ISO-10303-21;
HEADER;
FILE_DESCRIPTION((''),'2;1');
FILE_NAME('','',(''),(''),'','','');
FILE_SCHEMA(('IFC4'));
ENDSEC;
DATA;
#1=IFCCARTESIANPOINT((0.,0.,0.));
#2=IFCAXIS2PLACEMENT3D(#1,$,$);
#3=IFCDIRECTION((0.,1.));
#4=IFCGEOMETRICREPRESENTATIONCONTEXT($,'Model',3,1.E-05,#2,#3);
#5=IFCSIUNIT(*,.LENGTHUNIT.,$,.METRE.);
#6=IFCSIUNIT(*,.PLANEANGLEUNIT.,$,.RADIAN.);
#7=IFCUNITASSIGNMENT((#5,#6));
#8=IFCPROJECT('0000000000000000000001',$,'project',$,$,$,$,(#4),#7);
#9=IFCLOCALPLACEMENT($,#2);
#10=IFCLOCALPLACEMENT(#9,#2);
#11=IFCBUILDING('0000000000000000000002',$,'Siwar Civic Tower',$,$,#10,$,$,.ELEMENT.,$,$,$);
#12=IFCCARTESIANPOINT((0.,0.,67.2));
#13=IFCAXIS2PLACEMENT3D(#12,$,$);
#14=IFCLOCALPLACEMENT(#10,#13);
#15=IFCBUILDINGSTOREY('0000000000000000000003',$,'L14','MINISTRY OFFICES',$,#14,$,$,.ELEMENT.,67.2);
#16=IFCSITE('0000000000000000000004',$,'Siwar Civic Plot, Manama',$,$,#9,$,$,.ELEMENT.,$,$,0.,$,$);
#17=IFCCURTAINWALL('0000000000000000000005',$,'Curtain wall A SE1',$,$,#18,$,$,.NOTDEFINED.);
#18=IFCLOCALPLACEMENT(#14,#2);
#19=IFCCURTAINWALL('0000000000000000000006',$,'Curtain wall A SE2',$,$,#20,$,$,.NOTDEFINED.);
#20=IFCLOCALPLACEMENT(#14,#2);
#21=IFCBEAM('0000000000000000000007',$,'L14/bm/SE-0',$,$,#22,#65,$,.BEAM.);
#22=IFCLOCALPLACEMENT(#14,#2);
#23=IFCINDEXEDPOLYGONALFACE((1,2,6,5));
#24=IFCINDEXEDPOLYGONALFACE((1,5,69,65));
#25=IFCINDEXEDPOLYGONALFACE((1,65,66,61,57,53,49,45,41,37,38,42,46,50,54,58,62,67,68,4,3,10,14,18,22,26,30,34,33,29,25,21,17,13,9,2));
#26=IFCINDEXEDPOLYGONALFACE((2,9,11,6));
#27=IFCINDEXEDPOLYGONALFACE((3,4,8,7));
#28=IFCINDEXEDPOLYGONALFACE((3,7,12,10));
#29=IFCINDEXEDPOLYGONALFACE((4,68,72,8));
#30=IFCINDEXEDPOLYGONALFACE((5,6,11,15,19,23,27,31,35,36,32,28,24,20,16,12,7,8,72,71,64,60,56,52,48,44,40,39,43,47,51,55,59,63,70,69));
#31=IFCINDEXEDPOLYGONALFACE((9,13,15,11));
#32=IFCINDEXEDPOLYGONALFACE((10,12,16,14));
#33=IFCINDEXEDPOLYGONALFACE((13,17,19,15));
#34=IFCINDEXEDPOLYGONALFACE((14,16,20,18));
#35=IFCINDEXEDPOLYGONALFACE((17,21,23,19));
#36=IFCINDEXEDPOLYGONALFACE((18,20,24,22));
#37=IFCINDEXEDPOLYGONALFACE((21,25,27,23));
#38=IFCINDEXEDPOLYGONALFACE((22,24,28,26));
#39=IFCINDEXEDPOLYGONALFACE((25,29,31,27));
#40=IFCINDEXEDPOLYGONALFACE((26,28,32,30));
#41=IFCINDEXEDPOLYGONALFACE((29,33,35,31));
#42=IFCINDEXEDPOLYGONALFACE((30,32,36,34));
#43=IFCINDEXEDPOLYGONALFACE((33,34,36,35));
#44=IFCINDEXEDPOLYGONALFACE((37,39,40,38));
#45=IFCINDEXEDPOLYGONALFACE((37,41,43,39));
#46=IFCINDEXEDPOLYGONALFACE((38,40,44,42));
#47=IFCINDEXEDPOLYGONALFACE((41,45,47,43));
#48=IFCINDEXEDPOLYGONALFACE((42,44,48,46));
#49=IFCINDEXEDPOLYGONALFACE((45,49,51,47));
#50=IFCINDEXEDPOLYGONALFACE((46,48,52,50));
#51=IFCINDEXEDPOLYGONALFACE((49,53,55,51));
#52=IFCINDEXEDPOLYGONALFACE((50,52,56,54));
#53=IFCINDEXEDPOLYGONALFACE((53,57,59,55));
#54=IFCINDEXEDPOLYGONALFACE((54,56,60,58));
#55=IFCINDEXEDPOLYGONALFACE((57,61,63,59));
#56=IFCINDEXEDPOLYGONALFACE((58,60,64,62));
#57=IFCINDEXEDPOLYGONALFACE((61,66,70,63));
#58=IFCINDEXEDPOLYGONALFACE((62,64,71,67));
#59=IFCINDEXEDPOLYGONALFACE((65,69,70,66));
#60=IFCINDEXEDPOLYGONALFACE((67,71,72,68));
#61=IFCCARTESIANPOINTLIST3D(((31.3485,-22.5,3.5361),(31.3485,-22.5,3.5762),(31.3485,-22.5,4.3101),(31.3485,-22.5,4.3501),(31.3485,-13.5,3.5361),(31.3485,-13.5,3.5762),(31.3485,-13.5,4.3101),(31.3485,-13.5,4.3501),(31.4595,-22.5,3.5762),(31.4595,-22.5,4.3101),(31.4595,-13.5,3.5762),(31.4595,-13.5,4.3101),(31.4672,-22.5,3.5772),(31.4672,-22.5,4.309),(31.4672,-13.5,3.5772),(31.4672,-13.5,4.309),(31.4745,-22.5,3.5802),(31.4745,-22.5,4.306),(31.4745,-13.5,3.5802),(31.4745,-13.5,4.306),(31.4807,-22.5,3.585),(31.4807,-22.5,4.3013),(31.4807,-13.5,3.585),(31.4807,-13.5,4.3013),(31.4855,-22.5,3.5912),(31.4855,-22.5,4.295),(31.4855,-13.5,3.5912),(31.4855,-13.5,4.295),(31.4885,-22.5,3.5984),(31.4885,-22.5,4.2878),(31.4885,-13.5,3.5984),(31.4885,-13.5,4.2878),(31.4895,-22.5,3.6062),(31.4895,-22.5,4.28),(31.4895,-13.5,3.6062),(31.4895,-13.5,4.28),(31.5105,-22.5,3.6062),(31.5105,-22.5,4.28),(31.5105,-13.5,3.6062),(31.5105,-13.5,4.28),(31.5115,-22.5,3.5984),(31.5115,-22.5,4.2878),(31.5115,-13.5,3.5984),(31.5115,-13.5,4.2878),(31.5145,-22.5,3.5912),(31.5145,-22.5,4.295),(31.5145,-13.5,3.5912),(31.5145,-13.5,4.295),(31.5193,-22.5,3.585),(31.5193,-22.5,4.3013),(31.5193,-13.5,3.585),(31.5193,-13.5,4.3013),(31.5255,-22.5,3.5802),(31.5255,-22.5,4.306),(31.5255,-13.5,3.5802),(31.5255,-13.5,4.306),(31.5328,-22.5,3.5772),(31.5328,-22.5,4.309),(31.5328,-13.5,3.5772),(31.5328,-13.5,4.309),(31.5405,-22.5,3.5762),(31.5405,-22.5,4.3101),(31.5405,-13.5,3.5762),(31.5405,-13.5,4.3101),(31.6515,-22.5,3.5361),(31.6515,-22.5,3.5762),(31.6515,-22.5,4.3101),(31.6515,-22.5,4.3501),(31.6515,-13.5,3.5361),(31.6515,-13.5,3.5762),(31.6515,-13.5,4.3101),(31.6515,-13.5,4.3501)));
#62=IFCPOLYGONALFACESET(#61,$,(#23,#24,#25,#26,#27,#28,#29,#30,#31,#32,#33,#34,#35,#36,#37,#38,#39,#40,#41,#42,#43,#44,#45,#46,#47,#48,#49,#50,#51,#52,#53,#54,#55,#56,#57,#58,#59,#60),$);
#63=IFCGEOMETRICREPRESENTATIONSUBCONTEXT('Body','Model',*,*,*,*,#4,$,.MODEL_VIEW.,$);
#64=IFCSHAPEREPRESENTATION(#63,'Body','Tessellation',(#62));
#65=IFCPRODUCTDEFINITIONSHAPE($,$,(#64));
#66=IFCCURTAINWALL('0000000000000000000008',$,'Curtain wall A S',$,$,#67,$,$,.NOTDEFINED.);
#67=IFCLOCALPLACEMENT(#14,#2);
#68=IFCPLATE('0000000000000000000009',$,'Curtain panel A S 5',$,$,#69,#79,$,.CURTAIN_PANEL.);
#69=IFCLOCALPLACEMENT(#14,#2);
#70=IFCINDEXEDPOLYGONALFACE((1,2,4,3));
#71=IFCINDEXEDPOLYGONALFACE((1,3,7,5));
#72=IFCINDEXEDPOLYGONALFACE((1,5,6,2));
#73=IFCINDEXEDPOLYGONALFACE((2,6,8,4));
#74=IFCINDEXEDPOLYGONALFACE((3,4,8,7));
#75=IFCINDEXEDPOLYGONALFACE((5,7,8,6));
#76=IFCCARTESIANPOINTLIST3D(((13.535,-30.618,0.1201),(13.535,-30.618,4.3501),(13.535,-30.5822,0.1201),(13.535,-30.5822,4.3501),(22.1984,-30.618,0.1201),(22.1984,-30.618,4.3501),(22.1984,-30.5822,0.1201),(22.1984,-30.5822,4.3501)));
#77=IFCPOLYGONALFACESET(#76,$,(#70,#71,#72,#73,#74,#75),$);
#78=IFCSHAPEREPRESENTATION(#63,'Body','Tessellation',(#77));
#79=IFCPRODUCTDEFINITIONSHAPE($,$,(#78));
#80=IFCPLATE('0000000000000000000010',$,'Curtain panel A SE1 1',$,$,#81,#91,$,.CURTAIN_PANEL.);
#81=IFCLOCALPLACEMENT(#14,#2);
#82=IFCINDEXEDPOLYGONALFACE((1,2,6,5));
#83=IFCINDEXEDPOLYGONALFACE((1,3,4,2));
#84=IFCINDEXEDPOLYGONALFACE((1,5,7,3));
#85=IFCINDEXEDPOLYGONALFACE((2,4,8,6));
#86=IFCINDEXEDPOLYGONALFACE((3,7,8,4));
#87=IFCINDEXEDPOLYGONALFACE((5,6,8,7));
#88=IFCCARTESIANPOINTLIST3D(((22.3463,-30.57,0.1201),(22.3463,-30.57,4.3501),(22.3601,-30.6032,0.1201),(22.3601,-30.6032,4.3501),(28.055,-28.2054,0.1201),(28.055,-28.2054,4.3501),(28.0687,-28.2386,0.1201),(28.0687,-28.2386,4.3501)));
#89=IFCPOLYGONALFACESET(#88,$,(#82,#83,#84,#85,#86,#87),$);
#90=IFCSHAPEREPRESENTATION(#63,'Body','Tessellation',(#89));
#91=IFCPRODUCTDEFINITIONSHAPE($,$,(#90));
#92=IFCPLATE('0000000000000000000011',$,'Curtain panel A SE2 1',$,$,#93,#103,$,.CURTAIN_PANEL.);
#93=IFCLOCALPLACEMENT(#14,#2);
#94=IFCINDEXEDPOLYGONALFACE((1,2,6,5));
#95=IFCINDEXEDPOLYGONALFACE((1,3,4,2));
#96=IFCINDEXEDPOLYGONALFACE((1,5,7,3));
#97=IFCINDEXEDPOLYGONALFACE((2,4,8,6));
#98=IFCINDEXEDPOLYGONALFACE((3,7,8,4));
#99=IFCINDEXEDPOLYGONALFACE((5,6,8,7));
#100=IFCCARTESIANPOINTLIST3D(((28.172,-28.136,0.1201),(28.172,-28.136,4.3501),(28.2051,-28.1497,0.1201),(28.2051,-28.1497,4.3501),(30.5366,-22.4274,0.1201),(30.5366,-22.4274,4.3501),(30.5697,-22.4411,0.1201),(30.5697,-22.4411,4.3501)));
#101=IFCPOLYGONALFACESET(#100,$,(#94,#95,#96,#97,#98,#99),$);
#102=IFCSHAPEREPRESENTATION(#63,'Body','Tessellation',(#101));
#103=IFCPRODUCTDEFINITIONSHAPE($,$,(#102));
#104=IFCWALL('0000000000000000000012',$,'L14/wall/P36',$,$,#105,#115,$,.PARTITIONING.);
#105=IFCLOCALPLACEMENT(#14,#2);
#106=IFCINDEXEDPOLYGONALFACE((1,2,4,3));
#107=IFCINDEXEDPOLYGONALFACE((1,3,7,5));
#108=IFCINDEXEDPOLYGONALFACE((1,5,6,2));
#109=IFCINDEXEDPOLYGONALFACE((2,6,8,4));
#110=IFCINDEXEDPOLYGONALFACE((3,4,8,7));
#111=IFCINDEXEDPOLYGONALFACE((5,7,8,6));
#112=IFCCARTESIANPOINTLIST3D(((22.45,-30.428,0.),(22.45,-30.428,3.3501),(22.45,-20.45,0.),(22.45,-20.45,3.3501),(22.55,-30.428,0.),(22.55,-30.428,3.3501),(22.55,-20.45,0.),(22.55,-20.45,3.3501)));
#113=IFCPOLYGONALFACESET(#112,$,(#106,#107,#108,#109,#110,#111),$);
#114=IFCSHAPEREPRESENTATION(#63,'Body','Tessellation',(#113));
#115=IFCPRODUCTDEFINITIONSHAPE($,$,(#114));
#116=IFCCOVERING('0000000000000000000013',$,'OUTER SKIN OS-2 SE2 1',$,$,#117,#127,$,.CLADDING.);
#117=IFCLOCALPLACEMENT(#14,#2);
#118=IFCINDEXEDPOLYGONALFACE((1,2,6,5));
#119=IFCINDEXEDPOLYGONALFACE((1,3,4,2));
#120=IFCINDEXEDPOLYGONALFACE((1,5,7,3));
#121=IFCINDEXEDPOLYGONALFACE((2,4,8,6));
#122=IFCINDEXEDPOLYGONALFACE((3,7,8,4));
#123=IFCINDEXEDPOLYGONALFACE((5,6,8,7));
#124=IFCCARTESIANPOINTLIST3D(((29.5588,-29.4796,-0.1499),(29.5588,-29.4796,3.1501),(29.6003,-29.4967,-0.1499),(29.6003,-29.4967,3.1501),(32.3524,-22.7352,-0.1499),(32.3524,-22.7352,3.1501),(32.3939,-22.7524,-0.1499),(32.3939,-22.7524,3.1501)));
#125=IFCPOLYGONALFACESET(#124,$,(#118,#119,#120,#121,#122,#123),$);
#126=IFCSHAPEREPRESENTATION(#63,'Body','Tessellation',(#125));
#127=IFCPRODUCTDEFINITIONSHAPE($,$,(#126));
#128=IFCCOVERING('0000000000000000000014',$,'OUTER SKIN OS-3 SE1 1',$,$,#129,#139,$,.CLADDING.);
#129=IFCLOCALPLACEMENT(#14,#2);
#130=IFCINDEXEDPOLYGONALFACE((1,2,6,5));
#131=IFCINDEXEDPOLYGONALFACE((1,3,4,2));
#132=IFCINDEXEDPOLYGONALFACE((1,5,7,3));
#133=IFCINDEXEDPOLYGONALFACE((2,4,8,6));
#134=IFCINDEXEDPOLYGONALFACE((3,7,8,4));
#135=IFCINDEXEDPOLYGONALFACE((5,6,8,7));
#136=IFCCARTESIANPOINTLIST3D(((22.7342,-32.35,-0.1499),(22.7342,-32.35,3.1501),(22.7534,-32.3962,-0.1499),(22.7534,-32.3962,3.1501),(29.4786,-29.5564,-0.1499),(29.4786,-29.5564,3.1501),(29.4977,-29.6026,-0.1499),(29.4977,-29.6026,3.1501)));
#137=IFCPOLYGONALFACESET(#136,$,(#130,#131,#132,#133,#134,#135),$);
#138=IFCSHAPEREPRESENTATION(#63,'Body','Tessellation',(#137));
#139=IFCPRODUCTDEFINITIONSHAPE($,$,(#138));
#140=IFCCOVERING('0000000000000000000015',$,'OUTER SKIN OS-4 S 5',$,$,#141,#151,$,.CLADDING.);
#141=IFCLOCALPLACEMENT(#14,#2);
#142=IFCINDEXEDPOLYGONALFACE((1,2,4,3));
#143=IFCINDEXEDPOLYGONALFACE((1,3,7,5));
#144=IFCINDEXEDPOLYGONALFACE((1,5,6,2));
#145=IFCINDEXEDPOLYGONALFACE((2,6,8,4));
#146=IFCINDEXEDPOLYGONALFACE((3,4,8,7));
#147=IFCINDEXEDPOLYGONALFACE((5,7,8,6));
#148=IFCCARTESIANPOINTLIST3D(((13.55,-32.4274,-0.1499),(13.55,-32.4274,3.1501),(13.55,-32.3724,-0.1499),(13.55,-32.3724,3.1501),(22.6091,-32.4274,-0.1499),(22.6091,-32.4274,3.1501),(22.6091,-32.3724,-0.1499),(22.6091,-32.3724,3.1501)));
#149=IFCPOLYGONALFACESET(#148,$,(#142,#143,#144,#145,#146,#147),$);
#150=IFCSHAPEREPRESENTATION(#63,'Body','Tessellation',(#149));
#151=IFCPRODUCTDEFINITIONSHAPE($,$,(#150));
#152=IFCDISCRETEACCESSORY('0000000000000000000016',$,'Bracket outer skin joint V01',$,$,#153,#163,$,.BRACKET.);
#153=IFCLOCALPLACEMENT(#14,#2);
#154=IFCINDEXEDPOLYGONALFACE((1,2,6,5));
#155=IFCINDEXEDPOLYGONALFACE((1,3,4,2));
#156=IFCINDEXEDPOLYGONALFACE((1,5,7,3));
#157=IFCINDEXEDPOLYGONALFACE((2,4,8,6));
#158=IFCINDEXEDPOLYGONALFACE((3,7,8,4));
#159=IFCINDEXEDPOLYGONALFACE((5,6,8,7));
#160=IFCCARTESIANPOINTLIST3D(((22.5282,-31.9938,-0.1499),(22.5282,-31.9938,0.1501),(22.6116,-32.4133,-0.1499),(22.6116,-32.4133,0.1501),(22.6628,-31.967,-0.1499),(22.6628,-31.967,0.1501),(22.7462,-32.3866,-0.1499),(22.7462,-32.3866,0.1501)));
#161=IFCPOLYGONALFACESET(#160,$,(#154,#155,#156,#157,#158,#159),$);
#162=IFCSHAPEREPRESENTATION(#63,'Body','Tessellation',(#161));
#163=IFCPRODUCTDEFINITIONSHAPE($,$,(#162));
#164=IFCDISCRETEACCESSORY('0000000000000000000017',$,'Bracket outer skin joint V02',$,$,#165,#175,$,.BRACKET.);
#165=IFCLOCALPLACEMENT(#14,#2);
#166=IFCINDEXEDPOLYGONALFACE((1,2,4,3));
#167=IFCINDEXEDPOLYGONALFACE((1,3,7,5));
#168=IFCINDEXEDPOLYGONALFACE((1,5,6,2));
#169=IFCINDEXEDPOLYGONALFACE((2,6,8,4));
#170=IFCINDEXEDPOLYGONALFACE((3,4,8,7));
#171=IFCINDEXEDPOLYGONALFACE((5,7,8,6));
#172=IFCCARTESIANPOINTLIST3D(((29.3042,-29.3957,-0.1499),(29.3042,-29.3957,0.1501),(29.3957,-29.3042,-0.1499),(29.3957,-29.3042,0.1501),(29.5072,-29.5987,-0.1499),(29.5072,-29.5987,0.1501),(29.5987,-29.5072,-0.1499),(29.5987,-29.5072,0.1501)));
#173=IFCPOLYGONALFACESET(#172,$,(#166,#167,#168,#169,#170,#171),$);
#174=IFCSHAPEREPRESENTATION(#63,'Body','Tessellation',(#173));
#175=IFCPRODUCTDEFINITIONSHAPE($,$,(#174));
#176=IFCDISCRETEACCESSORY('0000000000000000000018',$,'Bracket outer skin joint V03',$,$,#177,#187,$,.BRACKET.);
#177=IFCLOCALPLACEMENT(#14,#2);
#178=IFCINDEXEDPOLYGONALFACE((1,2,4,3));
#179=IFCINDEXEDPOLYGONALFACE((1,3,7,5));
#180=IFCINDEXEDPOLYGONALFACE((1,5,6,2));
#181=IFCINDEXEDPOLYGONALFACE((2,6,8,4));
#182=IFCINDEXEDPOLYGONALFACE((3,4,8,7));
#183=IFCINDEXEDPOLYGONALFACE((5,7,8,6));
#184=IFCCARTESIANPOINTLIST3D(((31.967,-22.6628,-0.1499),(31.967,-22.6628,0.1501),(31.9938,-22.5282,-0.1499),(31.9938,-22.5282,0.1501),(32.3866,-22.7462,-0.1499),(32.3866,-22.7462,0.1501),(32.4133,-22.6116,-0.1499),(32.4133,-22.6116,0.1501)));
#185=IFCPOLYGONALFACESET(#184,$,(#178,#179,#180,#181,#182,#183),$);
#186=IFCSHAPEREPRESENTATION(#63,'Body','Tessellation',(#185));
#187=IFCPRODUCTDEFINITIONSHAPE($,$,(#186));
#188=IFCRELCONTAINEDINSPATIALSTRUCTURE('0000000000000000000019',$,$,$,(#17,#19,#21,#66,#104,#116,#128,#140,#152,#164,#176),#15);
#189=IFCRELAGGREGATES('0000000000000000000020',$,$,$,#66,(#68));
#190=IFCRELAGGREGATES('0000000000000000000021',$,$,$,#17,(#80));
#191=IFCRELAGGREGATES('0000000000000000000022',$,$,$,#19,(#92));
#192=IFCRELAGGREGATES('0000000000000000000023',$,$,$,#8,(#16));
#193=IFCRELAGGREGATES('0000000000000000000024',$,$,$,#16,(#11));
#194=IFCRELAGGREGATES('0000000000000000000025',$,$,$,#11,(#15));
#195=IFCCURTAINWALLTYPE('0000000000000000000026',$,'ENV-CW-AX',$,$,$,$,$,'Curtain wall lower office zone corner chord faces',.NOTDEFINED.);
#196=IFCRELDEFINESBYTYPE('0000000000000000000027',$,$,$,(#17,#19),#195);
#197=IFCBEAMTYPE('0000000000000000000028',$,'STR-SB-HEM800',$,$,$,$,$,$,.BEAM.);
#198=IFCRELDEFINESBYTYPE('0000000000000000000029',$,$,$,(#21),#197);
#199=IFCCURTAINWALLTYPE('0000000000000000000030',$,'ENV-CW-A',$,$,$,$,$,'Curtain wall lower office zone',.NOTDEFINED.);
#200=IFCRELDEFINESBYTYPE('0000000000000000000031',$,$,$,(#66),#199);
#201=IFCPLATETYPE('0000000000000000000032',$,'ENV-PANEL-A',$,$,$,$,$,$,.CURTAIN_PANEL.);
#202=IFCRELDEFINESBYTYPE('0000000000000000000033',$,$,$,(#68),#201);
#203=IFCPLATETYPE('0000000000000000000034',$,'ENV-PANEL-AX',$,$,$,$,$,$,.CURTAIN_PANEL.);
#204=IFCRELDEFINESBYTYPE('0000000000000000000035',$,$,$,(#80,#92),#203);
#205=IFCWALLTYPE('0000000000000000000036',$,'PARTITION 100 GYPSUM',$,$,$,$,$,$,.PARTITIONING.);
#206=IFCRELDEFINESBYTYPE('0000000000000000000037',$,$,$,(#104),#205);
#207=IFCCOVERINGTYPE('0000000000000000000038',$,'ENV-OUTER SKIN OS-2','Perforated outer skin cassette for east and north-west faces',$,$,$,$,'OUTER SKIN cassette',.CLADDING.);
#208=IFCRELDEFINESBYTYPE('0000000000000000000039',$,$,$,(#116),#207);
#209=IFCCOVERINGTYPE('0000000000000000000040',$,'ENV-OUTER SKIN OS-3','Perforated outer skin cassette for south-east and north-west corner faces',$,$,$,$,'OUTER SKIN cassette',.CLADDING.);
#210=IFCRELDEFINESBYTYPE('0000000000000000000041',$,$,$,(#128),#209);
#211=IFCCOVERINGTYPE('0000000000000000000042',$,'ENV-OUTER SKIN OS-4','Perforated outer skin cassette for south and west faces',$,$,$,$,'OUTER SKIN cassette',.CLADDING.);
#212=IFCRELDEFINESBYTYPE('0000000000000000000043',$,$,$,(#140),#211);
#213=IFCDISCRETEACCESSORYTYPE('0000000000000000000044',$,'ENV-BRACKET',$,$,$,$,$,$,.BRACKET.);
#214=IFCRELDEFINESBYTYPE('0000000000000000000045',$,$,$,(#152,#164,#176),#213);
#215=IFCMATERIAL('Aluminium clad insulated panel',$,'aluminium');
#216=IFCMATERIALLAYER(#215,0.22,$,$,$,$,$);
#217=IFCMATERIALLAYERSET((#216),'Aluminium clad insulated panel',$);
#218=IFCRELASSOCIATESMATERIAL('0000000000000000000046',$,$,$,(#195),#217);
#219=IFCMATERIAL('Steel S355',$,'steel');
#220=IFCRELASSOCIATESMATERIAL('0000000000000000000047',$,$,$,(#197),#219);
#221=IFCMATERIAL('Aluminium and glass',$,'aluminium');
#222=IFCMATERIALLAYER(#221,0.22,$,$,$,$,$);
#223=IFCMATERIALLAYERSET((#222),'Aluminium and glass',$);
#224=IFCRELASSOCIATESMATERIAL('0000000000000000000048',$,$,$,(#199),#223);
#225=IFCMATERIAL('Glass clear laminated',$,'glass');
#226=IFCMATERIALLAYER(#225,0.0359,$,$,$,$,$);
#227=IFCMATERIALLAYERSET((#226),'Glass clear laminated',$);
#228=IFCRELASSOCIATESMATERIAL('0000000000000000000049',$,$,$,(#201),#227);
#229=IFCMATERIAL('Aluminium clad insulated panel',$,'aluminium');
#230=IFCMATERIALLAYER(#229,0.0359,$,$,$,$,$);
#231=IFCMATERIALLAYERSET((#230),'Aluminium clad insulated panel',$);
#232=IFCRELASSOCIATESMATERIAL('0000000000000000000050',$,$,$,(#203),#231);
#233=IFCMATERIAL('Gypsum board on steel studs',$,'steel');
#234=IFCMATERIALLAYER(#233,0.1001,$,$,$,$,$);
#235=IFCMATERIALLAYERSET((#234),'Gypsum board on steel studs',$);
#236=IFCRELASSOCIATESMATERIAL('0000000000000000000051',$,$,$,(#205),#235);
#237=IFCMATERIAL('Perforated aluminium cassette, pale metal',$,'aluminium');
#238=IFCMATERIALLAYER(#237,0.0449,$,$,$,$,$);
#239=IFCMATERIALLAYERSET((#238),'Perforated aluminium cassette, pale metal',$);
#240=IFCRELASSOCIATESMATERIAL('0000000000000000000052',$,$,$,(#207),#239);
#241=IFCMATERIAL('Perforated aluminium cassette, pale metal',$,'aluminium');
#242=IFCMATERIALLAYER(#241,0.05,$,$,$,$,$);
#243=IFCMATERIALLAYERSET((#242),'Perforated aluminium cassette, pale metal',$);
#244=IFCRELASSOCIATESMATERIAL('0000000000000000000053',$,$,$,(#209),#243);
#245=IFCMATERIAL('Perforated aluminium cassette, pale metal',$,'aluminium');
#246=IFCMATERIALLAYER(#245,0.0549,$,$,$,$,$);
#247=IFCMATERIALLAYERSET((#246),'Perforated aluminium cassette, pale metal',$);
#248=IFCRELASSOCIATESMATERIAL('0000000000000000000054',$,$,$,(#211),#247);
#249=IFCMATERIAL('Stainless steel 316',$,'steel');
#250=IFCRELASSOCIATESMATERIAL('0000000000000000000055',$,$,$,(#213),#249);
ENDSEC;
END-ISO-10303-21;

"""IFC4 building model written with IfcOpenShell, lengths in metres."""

from ifc_helpers import new_model, si_unit, direction, frame, frame_2d, origin, origin_2d, place, context, subcontext, project, spatial, rectangle, i_section, extrude, material, layer, layer_set, material_profile, profile_set, type_object, element, aggregate, save


model = new_model("IFC4")

# Units and contexts
model_context = context("Model", 3, precision=1e-05, world=origin(), true_north=direction((0.0, 1.0)))
body_context = subcontext(model_context, "Body", "Model", "MODEL_VIEW")
ifc_project = project(units=[si_unit("LENGTHUNIT", "METRE"), si_unit("PLANEANGLEUNIT", "RADIAN")], contexts=[model_context])

# Site, building, storey
site_placement = place(None, origin())
site = spatial("IfcSite", under=ifc_project, at=site_placement, Name="Siwar Civic Plot, Manama", CompositionType="ELEMENT", RefElevation=0.0)
building_placement = place(site_placement, origin())
building = spatial("IfcBuilding", under=site, at=building_placement, Name="Siwar Civic Tower", CompositionType="ELEMENT")
storey_placement = place(building_placement, frame((0.0, 0.0, 67.2)))
storey = spatial("IfcBuildingStorey", under=building, at=storey_placement, Name="L14", Description="MINISTRY OFFICES", CompositionType="ELEMENT", Elevation=67.2)

# Curtain walls
ifc_material_1 = material(Name="Aluminium clad insulated panel", Category="aluminium")
ifc_layer_1 = layer(ifc_material_1, 0.22)
ifc_layer_set_1 = layer_set([ifc_layer_1], Name="Aluminium clad insulated panel")
curtain_wall_type_1 = type_object("IfcCurtainWallType", Name="ENV-CW-AX", ElementType="Curtain wall lower office zone corner chord faces", PredefinedType="NOTDEFINED", material=ifc_layer_set_1)
curtain_wall_1_placement = place(storey_placement, origin())
curtain_wall_1 = element("IfcCurtainWall", 1, at=curtain_wall_1_placement, inside=storey, type_object=curtain_wall_type_1, Name="Curtain wall A SE1", PredefinedType="NOTDEFINED")
curtain_wall_2_placement = place(storey_placement, origin())
curtain_wall_2 = element("IfcCurtainWall", 2, at=curtain_wall_2_placement, inside=storey, type_object=curtain_wall_type_1, Name="Curtain wall A SE2", PredefinedType="NOTDEFINED")

# Beam
ifc_material_2 = material(Name="Steel S355", Category="steel")
ifc_material_profile_1 = material_profile(ifc_material_2, i_section(OverallWidth=0.303, OverallDepth=0.814, WebThickness=0.021, FlangeThickness=0.04, FilletRadius=0.03, at=origin_2d()), Name="HEM800")
ifc_profile_set_1 = profile_set([ifc_material_profile_1], Name="Steel S355")
beam_type_1 = type_object("IfcBeamType", Name="STR-SB-HEM800", PredefinedType="BEAM", material=ifc_profile_set_1)
beam_1_placement = place(storey_placement, frame((31.5, -22.5, 3.9431), z_axis=(0.0, 1.0, 0.0), x_axis=(-1.0, 0.0, 0.0)))
element("IfcBeam", 3, at=beam_1_placement, inside=storey, type_object=beam_type_1, Name="L14/bm/SE-0", PredefinedType="BEAM", context=body_context, shape_type="SweptSolid", body=[
    extrude(i_section(OverallWidth=0.303, OverallDepth=0.814, WebThickness=0.021, FlangeThickness=0.04, FilletRadius=0.03, at=origin_2d()), origin(), (0.0, 0.0, 1.0), 9.0),
])

# Curtain wall, plate
ifc_material_3 = material(Name="Aluminium and glass", Category="aluminium")
ifc_layer_2 = layer(ifc_material_3, 0.22)
ifc_layer_set_2 = layer_set([ifc_layer_2], Name="Aluminium and glass")
curtain_wall_type_2 = type_object("IfcCurtainWallType", Name="ENV-CW-A", ElementType="Curtain wall lower office zone", PredefinedType="NOTDEFINED", material=ifc_layer_set_2)
curtain_wall_3_placement = place(storey_placement, origin())
curtain_wall_3 = element("IfcCurtainWall", 4, at=curtain_wall_3_placement, inside=storey, type_object=curtain_wall_type_2, Name="Curtain wall A S", PredefinedType="NOTDEFINED")
ifc_material_4 = material(Name="Glass clear laminated", Category="glass")
ifc_layer_3 = layer(ifc_material_4, 0.0359)
ifc_layer_set_3 = layer_set([ifc_layer_3], Name="Glass clear laminated")
plate_type_1 = type_object("IfcPlateType", Name="ENV-PANEL-A", PredefinedType="CURTAIN_PANEL", material=ifc_layer_set_3)
plate_1_placement = place(storey_placement, frame((17.8667, -30.6001, 0.1201), z_axis=(0.0, 0.0, 1.0), x_axis=(1.0, 0.0, 0.0)))
plate_1 = element("IfcPlate", 5, at=plate_1_placement, type_object=plate_type_1, Name="Curtain panel A S 5", PredefinedType="CURTAIN_PANEL", context=body_context, shape_type="SweptSolid", body=[
    extrude(rectangle(XDim=8.6633, YDim=0.0359, at=origin_2d()), origin(), (0.0, 0.0, 1.0), 4.23),
])
aggregate(curtain_wall_3, [plate_1])

# Plates
ifc_material_5 = material(Name="Aluminium clad insulated panel", Category="aluminium")
ifc_layer_4 = layer(ifc_material_5, 0.0359)
ifc_layer_set_4 = layer_set([ifc_layer_4], Name="Aluminium clad insulated panel")
plate_type_2 = type_object("IfcPlateType", Name="ENV-PANEL-AX", PredefinedType="CURTAIN_PANEL", material=ifc_layer_set_4)
plate_2_placement = place(storey_placement, frame((25.2075, -29.4043, 0.1201), z_axis=(0.0, 0.0, 1.0), x_axis=(0.92388, 0.382683, 0.0)))
plate_2 = element("IfcPlate", 6, at=plate_2_placement, type_object=plate_type_2, Name="Curtain panel A SE1 1", PredefinedType="CURTAIN_PANEL", context=body_context, shape_type="SweptSolid", body=[
    extrude(rectangle(XDim=6.179, YDim=0.0359, at=origin_2d()), origin(), (0.0, 0.0, 1.0), 4.23),
])
aggregate(curtain_wall_1, [plate_2])
plate_3_placement = place(storey_placement, frame((29.3708, -25.2886, 0.1201), z_axis=(0.0, 0.0, 1.0), x_axis=(0.382683, 0.92388, 0.0)))
plate_3 = element("IfcPlate", 7, at=plate_3_placement, type_object=plate_type_2, Name="Curtain panel A SE2 1", PredefinedType="CURTAIN_PANEL", context=body_context, shape_type="SweptSolid", body=[
    extrude(rectangle(XDim=6.179, YDim=0.0359, at=origin_2d()), origin(), (0.0, 0.0, 1.0), 4.23),
])
aggregate(curtain_wall_2, [plate_3])

# Wall
ifc_material_6 = material(Name="Gypsum board on steel studs", Category="steel")
ifc_layer_5 = layer(ifc_material_6, 0.1001)
ifc_layer_set_5 = layer_set([ifc_layer_5], Name="Gypsum board on steel studs")
wall_type = type_object("IfcWallType", Name="PARTITION 100 GYPSUM", PredefinedType="PARTITIONING", material=ifc_layer_set_5)
wall_placement = place(storey_placement, frame((22.5, -30.428, 0.0), z_axis=(0.0, 0.0, 1.0), x_axis=(0.0, 1.0, 0.0)))
element("IfcWall", 8, at=wall_placement, inside=storey, type_object=wall_type, Name="L14/wall/P36", PredefinedType="PARTITIONING", context=body_context, shape_type="SweptSolid", body=[
    extrude(rectangle(XDim=9.978, YDim=0.1001, at=frame_2d((4.989, 0.0))), origin(), (0.0, 0.0, 1.0), 3.3501),
])

# Coverings
ifc_material_7 = material(Name="Perforated aluminium cassette, pale metal", Category="aluminium")
ifc_layer_6 = layer(ifc_material_7, 0.0449)
ifc_layer_set_6 = layer_set([ifc_layer_6], Name="Perforated aluminium cassette, pale metal")
covering_type_1 = type_object("IfcCoveringType", Name="ENV-OUTER SKIN OS-2", Description="Perforated outer skin cassette for east and north-west faces", ElementType="OUTER SKIN cassette", PredefinedType="CLADDING", material=ifc_layer_set_6)
covering_1_placement = place(storey_placement, frame((30.9763, -26.116, -0.1499), z_axis=(0.0, 0.0, 1.0), x_axis=(0.382683, 0.92388, 0.0)))
element("IfcCovering", 9, at=covering_1_placement, inside=storey, type_object=covering_type_1, Name="OUTER SKIN OS-2 SE2 1", PredefinedType="CLADDING", context=body_context, shape_type="SweptSolid", body=[
    extrude(rectangle(XDim=7.3, YDim=0.0449, at=origin_2d()), origin(), (0.0, 0.0, 1.0), 3.3),
])
ifc_material_8 = material(Name="Perforated aluminium cassette, pale metal", Category="aluminium")
ifc_layer_7 = layer(ifc_material_8, 0.05)
ifc_layer_set_7 = layer_set([ifc_layer_7], Name="Perforated aluminium cassette, pale metal")
covering_type_2 = type_object("IfcCoveringType", Name="ENV-OUTER SKIN OS-3", Description="Perforated outer skin cassette for south-east and north-west corner faces", ElementType="OUTER SKIN cassette", PredefinedType="CLADDING", material=ifc_layer_set_7)
covering_2_placement = place(storey_placement, frame((26.116, -30.9763, -0.1499), z_axis=(0.0, 0.0, 1.0), x_axis=(0.92388, 0.382683, 0.0)))
element("IfcCovering", 10, at=covering_2_placement, inside=storey, type_object=covering_type_2, Name="OUTER SKIN OS-3 SE1 1", PredefinedType="CLADDING", context=body_context, shape_type="SweptSolid", body=[
    extrude(rectangle(XDim=7.3, YDim=0.05, at=origin_2d()), origin(), (0.0, 0.0, 1.0), 3.3),
])
ifc_material_9 = material(Name="Perforated aluminium cassette, pale metal", Category="aluminium")
ifc_layer_8 = layer(ifc_material_9, 0.0549)
ifc_layer_set_8 = layer_set([ifc_layer_8], Name="Perforated aluminium cassette, pale metal")
covering_type_3 = type_object("IfcCoveringType", Name="ENV-OUTER SKIN OS-4", Description="Perforated outer skin cassette for south and west faces", ElementType="OUTER SKIN cassette", PredefinedType="CLADDING", material=ifc_layer_set_8)
covering_3_placement = place(storey_placement, frame((18.0796, -32.3999, -0.1499), z_axis=(0.0, 0.0, 1.0), x_axis=(1.0, 0.0, 0.0)))
element("IfcCovering", 11, at=covering_3_placement, inside=storey, type_object=covering_type_3, Name="OUTER SKIN OS-4 S 5", PredefinedType="CLADDING", context=body_context, shape_type="SweptSolid", body=[
    extrude(rectangle(XDim=9.0591, YDim=0.0549, at=origin_2d()), origin(), (0.0, 0.0, 1.0), 3.3),
])

# Discrete accessories
ifc_material_10 = material(Name="Stainless steel 316", Category="steel")
discrete_accessory_type = type_object("IfcDiscreteAccessoryType", Name="ENV-BRACKET", PredefinedType="BRACKET", material=ifc_material_10)
discrete_accessory_1_placement = place(storey_placement, frame((22.6372, -32.1902, -0.1499), z_axis=(0.0, 0.0, 1.0), x_axis=(0.19509, -0.980785, 0.0)))
element("IfcDiscreteAccessory", 12, at=discrete_accessory_1_placement, inside=storey, type_object=discrete_accessory_type, Name="Bracket outer skin joint V01", PredefinedType="BRACKET", context=body_context, shape_type="SweptSolid", body=[
    extrude(rectangle(XDim=0.4277, YDim=0.1372, at=origin_2d()), origin(), (0.0, 0.0, 1.0), 0.3),
])
discrete_accessory_2_placement = place(storey_placement, frame((29.4514, -29.4514, -0.1499), z_axis=(0.0, 0.0, 1.0), x_axis=(0.707107, -0.707107, 0.0)))
element("IfcDiscreteAccessory", 13, at=discrete_accessory_2_placement, inside=storey, type_object=discrete_accessory_type, Name="Bracket outer skin joint V02", PredefinedType="BRACKET", context=body_context, shape_type="SweptSolid", body=[
    extrude(rectangle(XDim=0.2871, YDim=0.1294, at=origin_2d()), origin(), (0.0, 0.0, 1.0), 0.3),
])
discrete_accessory_3_placement = place(storey_placement, frame((32.1902, -22.6372, -0.1499), z_axis=(0.0, 0.0, 1.0), x_axis=(0.980785, -0.19509, 0.0)))
element("IfcDiscreteAccessory", 14, at=discrete_accessory_3_placement, inside=storey, type_object=discrete_accessory_type, Name="Bracket outer skin joint V03", PredefinedType="BRACKET", context=body_context, shape_type="SweptSolid", body=[
    extrude(rectangle(XDim=0.4277, YDim=0.1372, at=origin_2d()), origin(), (0.0, 0.0, 1.0), 0.3),
])

save(model, "model.ifc")
